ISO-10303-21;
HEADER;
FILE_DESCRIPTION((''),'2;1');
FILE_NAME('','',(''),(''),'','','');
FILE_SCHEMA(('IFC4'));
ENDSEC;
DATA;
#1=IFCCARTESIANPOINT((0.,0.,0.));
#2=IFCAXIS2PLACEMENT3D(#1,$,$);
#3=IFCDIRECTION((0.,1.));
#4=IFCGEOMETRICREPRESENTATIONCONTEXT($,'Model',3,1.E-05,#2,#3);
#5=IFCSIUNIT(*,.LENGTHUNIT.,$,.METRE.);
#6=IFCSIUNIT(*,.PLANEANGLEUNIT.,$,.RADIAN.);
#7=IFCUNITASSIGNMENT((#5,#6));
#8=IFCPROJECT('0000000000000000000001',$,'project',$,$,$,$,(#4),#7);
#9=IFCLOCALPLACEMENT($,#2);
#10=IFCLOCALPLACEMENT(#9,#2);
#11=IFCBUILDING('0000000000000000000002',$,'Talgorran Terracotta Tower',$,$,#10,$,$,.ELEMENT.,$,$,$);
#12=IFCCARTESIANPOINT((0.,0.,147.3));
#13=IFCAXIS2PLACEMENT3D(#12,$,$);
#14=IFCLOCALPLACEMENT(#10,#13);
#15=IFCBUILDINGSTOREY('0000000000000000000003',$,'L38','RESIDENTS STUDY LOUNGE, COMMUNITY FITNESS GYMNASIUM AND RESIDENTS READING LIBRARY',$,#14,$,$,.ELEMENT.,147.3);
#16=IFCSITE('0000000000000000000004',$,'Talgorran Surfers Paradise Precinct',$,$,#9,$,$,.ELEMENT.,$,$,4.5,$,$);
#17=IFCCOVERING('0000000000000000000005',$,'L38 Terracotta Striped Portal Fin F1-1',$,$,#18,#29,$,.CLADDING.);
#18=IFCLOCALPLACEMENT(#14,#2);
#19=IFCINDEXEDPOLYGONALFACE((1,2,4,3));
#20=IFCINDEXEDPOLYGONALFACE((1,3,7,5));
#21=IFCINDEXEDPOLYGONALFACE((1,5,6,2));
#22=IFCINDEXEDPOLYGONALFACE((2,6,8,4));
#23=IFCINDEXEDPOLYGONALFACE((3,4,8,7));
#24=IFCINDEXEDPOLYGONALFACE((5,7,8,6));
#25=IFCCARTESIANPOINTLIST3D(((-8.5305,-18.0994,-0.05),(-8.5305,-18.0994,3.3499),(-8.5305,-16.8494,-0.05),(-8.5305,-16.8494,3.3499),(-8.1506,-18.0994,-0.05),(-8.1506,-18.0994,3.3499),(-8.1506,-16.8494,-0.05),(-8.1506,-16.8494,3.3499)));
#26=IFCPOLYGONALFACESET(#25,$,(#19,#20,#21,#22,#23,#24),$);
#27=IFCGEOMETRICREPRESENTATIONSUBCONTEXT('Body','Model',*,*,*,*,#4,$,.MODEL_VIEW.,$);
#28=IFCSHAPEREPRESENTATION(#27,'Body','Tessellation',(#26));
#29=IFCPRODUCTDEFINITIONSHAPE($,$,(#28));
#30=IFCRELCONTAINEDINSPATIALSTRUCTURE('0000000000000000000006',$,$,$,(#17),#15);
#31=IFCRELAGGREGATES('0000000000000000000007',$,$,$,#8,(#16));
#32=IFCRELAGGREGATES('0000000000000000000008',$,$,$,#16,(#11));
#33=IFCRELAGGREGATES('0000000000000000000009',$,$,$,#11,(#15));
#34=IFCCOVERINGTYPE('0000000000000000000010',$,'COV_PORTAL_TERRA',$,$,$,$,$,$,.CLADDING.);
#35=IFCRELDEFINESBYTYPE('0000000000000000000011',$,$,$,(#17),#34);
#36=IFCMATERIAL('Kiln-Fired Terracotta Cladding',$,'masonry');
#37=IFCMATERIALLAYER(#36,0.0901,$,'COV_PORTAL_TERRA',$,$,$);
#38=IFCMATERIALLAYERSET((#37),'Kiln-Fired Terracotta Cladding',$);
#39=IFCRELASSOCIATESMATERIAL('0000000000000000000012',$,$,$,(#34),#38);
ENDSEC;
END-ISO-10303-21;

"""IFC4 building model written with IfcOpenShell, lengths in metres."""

from ifc_helpers import new_model, si_unit, direction, frame, origin, origin_2d, place, context, subcontext, project, spatial, rectangle, extrude, material, layer, layer_set, type_object, element, save


model = new_model("IFC4")

# Units and contexts
model_context = context("Model", 3, precision=1e-05, world=origin(), true_north=direction((0.0, 1.0)))
body_context = subcontext(model_context, "Body", "Model", "MODEL_VIEW")
ifc_project = project(units=[si_unit("LENGTHUNIT", "METRE"), si_unit("PLANEANGLEUNIT", "RADIAN")], contexts=[model_context])

# Site, building, storey
site_placement = place(None, origin())
site = spatial("IfcSite", under=ifc_project, at=site_placement, Name="Talgorran Surfers Paradise Precinct", CompositionType="ELEMENT", RefElevation=4.5)
building_placement = place(site_placement, origin())
building = spatial("IfcBuilding", under=site, at=building_placement, Name="Talgorran Terracotta Tower", CompositionType="ELEMENT")
storey_placement = place(building_placement, frame((0.0, 0.0, 147.3)))
storey = spatial("IfcBuildingStorey", under=building, at=storey_placement, Name="L38", Description="RESIDENTS STUDY LOUNGE, COMMUNITY FITNESS GYMNASIUM AND RESIDENTS READING LIBRARY", CompositionType="ELEMENT", Elevation=147.3)

# Covering
ifc_material_1 = material(Name="Kiln-Fired Terracotta Cladding", Category="masonry")
ifc_layer_1 = layer(ifc_material_1, 0.0901, Name="COV_PORTAL_TERRA")
ifc_layer_set_1 = layer_set([ifc_layer_1], Name="Kiln-Fired Terracotta Cladding")
covering_type_1 = type_object("IfcCoveringType", Name="COV_PORTAL_TERRA", PredefinedType="CLADDING", material=ifc_layer_set_1)
covering_1_placement = place(storey_placement, frame((-8.3406, -17.4744, -0.05), z_axis=(0.0, 0.0, 1.0), x_axis=(1.0, 0.0, 0.0)))
element("IfcCovering", 1, at=covering_1_placement, inside=storey, type_object=covering_type_1, Name="L38 Terracotta Striped Portal Fin F1-1", PredefinedType="CLADDING", context=body_context, shape_type="SweptSolid", body=[
    extrude(rectangle(XDim=0.3799, YDim=1.25, at=origin_2d()), origin(), (0.0, 0.0, 1.0), 3.3999),
])

save(model, "model.ifc")
